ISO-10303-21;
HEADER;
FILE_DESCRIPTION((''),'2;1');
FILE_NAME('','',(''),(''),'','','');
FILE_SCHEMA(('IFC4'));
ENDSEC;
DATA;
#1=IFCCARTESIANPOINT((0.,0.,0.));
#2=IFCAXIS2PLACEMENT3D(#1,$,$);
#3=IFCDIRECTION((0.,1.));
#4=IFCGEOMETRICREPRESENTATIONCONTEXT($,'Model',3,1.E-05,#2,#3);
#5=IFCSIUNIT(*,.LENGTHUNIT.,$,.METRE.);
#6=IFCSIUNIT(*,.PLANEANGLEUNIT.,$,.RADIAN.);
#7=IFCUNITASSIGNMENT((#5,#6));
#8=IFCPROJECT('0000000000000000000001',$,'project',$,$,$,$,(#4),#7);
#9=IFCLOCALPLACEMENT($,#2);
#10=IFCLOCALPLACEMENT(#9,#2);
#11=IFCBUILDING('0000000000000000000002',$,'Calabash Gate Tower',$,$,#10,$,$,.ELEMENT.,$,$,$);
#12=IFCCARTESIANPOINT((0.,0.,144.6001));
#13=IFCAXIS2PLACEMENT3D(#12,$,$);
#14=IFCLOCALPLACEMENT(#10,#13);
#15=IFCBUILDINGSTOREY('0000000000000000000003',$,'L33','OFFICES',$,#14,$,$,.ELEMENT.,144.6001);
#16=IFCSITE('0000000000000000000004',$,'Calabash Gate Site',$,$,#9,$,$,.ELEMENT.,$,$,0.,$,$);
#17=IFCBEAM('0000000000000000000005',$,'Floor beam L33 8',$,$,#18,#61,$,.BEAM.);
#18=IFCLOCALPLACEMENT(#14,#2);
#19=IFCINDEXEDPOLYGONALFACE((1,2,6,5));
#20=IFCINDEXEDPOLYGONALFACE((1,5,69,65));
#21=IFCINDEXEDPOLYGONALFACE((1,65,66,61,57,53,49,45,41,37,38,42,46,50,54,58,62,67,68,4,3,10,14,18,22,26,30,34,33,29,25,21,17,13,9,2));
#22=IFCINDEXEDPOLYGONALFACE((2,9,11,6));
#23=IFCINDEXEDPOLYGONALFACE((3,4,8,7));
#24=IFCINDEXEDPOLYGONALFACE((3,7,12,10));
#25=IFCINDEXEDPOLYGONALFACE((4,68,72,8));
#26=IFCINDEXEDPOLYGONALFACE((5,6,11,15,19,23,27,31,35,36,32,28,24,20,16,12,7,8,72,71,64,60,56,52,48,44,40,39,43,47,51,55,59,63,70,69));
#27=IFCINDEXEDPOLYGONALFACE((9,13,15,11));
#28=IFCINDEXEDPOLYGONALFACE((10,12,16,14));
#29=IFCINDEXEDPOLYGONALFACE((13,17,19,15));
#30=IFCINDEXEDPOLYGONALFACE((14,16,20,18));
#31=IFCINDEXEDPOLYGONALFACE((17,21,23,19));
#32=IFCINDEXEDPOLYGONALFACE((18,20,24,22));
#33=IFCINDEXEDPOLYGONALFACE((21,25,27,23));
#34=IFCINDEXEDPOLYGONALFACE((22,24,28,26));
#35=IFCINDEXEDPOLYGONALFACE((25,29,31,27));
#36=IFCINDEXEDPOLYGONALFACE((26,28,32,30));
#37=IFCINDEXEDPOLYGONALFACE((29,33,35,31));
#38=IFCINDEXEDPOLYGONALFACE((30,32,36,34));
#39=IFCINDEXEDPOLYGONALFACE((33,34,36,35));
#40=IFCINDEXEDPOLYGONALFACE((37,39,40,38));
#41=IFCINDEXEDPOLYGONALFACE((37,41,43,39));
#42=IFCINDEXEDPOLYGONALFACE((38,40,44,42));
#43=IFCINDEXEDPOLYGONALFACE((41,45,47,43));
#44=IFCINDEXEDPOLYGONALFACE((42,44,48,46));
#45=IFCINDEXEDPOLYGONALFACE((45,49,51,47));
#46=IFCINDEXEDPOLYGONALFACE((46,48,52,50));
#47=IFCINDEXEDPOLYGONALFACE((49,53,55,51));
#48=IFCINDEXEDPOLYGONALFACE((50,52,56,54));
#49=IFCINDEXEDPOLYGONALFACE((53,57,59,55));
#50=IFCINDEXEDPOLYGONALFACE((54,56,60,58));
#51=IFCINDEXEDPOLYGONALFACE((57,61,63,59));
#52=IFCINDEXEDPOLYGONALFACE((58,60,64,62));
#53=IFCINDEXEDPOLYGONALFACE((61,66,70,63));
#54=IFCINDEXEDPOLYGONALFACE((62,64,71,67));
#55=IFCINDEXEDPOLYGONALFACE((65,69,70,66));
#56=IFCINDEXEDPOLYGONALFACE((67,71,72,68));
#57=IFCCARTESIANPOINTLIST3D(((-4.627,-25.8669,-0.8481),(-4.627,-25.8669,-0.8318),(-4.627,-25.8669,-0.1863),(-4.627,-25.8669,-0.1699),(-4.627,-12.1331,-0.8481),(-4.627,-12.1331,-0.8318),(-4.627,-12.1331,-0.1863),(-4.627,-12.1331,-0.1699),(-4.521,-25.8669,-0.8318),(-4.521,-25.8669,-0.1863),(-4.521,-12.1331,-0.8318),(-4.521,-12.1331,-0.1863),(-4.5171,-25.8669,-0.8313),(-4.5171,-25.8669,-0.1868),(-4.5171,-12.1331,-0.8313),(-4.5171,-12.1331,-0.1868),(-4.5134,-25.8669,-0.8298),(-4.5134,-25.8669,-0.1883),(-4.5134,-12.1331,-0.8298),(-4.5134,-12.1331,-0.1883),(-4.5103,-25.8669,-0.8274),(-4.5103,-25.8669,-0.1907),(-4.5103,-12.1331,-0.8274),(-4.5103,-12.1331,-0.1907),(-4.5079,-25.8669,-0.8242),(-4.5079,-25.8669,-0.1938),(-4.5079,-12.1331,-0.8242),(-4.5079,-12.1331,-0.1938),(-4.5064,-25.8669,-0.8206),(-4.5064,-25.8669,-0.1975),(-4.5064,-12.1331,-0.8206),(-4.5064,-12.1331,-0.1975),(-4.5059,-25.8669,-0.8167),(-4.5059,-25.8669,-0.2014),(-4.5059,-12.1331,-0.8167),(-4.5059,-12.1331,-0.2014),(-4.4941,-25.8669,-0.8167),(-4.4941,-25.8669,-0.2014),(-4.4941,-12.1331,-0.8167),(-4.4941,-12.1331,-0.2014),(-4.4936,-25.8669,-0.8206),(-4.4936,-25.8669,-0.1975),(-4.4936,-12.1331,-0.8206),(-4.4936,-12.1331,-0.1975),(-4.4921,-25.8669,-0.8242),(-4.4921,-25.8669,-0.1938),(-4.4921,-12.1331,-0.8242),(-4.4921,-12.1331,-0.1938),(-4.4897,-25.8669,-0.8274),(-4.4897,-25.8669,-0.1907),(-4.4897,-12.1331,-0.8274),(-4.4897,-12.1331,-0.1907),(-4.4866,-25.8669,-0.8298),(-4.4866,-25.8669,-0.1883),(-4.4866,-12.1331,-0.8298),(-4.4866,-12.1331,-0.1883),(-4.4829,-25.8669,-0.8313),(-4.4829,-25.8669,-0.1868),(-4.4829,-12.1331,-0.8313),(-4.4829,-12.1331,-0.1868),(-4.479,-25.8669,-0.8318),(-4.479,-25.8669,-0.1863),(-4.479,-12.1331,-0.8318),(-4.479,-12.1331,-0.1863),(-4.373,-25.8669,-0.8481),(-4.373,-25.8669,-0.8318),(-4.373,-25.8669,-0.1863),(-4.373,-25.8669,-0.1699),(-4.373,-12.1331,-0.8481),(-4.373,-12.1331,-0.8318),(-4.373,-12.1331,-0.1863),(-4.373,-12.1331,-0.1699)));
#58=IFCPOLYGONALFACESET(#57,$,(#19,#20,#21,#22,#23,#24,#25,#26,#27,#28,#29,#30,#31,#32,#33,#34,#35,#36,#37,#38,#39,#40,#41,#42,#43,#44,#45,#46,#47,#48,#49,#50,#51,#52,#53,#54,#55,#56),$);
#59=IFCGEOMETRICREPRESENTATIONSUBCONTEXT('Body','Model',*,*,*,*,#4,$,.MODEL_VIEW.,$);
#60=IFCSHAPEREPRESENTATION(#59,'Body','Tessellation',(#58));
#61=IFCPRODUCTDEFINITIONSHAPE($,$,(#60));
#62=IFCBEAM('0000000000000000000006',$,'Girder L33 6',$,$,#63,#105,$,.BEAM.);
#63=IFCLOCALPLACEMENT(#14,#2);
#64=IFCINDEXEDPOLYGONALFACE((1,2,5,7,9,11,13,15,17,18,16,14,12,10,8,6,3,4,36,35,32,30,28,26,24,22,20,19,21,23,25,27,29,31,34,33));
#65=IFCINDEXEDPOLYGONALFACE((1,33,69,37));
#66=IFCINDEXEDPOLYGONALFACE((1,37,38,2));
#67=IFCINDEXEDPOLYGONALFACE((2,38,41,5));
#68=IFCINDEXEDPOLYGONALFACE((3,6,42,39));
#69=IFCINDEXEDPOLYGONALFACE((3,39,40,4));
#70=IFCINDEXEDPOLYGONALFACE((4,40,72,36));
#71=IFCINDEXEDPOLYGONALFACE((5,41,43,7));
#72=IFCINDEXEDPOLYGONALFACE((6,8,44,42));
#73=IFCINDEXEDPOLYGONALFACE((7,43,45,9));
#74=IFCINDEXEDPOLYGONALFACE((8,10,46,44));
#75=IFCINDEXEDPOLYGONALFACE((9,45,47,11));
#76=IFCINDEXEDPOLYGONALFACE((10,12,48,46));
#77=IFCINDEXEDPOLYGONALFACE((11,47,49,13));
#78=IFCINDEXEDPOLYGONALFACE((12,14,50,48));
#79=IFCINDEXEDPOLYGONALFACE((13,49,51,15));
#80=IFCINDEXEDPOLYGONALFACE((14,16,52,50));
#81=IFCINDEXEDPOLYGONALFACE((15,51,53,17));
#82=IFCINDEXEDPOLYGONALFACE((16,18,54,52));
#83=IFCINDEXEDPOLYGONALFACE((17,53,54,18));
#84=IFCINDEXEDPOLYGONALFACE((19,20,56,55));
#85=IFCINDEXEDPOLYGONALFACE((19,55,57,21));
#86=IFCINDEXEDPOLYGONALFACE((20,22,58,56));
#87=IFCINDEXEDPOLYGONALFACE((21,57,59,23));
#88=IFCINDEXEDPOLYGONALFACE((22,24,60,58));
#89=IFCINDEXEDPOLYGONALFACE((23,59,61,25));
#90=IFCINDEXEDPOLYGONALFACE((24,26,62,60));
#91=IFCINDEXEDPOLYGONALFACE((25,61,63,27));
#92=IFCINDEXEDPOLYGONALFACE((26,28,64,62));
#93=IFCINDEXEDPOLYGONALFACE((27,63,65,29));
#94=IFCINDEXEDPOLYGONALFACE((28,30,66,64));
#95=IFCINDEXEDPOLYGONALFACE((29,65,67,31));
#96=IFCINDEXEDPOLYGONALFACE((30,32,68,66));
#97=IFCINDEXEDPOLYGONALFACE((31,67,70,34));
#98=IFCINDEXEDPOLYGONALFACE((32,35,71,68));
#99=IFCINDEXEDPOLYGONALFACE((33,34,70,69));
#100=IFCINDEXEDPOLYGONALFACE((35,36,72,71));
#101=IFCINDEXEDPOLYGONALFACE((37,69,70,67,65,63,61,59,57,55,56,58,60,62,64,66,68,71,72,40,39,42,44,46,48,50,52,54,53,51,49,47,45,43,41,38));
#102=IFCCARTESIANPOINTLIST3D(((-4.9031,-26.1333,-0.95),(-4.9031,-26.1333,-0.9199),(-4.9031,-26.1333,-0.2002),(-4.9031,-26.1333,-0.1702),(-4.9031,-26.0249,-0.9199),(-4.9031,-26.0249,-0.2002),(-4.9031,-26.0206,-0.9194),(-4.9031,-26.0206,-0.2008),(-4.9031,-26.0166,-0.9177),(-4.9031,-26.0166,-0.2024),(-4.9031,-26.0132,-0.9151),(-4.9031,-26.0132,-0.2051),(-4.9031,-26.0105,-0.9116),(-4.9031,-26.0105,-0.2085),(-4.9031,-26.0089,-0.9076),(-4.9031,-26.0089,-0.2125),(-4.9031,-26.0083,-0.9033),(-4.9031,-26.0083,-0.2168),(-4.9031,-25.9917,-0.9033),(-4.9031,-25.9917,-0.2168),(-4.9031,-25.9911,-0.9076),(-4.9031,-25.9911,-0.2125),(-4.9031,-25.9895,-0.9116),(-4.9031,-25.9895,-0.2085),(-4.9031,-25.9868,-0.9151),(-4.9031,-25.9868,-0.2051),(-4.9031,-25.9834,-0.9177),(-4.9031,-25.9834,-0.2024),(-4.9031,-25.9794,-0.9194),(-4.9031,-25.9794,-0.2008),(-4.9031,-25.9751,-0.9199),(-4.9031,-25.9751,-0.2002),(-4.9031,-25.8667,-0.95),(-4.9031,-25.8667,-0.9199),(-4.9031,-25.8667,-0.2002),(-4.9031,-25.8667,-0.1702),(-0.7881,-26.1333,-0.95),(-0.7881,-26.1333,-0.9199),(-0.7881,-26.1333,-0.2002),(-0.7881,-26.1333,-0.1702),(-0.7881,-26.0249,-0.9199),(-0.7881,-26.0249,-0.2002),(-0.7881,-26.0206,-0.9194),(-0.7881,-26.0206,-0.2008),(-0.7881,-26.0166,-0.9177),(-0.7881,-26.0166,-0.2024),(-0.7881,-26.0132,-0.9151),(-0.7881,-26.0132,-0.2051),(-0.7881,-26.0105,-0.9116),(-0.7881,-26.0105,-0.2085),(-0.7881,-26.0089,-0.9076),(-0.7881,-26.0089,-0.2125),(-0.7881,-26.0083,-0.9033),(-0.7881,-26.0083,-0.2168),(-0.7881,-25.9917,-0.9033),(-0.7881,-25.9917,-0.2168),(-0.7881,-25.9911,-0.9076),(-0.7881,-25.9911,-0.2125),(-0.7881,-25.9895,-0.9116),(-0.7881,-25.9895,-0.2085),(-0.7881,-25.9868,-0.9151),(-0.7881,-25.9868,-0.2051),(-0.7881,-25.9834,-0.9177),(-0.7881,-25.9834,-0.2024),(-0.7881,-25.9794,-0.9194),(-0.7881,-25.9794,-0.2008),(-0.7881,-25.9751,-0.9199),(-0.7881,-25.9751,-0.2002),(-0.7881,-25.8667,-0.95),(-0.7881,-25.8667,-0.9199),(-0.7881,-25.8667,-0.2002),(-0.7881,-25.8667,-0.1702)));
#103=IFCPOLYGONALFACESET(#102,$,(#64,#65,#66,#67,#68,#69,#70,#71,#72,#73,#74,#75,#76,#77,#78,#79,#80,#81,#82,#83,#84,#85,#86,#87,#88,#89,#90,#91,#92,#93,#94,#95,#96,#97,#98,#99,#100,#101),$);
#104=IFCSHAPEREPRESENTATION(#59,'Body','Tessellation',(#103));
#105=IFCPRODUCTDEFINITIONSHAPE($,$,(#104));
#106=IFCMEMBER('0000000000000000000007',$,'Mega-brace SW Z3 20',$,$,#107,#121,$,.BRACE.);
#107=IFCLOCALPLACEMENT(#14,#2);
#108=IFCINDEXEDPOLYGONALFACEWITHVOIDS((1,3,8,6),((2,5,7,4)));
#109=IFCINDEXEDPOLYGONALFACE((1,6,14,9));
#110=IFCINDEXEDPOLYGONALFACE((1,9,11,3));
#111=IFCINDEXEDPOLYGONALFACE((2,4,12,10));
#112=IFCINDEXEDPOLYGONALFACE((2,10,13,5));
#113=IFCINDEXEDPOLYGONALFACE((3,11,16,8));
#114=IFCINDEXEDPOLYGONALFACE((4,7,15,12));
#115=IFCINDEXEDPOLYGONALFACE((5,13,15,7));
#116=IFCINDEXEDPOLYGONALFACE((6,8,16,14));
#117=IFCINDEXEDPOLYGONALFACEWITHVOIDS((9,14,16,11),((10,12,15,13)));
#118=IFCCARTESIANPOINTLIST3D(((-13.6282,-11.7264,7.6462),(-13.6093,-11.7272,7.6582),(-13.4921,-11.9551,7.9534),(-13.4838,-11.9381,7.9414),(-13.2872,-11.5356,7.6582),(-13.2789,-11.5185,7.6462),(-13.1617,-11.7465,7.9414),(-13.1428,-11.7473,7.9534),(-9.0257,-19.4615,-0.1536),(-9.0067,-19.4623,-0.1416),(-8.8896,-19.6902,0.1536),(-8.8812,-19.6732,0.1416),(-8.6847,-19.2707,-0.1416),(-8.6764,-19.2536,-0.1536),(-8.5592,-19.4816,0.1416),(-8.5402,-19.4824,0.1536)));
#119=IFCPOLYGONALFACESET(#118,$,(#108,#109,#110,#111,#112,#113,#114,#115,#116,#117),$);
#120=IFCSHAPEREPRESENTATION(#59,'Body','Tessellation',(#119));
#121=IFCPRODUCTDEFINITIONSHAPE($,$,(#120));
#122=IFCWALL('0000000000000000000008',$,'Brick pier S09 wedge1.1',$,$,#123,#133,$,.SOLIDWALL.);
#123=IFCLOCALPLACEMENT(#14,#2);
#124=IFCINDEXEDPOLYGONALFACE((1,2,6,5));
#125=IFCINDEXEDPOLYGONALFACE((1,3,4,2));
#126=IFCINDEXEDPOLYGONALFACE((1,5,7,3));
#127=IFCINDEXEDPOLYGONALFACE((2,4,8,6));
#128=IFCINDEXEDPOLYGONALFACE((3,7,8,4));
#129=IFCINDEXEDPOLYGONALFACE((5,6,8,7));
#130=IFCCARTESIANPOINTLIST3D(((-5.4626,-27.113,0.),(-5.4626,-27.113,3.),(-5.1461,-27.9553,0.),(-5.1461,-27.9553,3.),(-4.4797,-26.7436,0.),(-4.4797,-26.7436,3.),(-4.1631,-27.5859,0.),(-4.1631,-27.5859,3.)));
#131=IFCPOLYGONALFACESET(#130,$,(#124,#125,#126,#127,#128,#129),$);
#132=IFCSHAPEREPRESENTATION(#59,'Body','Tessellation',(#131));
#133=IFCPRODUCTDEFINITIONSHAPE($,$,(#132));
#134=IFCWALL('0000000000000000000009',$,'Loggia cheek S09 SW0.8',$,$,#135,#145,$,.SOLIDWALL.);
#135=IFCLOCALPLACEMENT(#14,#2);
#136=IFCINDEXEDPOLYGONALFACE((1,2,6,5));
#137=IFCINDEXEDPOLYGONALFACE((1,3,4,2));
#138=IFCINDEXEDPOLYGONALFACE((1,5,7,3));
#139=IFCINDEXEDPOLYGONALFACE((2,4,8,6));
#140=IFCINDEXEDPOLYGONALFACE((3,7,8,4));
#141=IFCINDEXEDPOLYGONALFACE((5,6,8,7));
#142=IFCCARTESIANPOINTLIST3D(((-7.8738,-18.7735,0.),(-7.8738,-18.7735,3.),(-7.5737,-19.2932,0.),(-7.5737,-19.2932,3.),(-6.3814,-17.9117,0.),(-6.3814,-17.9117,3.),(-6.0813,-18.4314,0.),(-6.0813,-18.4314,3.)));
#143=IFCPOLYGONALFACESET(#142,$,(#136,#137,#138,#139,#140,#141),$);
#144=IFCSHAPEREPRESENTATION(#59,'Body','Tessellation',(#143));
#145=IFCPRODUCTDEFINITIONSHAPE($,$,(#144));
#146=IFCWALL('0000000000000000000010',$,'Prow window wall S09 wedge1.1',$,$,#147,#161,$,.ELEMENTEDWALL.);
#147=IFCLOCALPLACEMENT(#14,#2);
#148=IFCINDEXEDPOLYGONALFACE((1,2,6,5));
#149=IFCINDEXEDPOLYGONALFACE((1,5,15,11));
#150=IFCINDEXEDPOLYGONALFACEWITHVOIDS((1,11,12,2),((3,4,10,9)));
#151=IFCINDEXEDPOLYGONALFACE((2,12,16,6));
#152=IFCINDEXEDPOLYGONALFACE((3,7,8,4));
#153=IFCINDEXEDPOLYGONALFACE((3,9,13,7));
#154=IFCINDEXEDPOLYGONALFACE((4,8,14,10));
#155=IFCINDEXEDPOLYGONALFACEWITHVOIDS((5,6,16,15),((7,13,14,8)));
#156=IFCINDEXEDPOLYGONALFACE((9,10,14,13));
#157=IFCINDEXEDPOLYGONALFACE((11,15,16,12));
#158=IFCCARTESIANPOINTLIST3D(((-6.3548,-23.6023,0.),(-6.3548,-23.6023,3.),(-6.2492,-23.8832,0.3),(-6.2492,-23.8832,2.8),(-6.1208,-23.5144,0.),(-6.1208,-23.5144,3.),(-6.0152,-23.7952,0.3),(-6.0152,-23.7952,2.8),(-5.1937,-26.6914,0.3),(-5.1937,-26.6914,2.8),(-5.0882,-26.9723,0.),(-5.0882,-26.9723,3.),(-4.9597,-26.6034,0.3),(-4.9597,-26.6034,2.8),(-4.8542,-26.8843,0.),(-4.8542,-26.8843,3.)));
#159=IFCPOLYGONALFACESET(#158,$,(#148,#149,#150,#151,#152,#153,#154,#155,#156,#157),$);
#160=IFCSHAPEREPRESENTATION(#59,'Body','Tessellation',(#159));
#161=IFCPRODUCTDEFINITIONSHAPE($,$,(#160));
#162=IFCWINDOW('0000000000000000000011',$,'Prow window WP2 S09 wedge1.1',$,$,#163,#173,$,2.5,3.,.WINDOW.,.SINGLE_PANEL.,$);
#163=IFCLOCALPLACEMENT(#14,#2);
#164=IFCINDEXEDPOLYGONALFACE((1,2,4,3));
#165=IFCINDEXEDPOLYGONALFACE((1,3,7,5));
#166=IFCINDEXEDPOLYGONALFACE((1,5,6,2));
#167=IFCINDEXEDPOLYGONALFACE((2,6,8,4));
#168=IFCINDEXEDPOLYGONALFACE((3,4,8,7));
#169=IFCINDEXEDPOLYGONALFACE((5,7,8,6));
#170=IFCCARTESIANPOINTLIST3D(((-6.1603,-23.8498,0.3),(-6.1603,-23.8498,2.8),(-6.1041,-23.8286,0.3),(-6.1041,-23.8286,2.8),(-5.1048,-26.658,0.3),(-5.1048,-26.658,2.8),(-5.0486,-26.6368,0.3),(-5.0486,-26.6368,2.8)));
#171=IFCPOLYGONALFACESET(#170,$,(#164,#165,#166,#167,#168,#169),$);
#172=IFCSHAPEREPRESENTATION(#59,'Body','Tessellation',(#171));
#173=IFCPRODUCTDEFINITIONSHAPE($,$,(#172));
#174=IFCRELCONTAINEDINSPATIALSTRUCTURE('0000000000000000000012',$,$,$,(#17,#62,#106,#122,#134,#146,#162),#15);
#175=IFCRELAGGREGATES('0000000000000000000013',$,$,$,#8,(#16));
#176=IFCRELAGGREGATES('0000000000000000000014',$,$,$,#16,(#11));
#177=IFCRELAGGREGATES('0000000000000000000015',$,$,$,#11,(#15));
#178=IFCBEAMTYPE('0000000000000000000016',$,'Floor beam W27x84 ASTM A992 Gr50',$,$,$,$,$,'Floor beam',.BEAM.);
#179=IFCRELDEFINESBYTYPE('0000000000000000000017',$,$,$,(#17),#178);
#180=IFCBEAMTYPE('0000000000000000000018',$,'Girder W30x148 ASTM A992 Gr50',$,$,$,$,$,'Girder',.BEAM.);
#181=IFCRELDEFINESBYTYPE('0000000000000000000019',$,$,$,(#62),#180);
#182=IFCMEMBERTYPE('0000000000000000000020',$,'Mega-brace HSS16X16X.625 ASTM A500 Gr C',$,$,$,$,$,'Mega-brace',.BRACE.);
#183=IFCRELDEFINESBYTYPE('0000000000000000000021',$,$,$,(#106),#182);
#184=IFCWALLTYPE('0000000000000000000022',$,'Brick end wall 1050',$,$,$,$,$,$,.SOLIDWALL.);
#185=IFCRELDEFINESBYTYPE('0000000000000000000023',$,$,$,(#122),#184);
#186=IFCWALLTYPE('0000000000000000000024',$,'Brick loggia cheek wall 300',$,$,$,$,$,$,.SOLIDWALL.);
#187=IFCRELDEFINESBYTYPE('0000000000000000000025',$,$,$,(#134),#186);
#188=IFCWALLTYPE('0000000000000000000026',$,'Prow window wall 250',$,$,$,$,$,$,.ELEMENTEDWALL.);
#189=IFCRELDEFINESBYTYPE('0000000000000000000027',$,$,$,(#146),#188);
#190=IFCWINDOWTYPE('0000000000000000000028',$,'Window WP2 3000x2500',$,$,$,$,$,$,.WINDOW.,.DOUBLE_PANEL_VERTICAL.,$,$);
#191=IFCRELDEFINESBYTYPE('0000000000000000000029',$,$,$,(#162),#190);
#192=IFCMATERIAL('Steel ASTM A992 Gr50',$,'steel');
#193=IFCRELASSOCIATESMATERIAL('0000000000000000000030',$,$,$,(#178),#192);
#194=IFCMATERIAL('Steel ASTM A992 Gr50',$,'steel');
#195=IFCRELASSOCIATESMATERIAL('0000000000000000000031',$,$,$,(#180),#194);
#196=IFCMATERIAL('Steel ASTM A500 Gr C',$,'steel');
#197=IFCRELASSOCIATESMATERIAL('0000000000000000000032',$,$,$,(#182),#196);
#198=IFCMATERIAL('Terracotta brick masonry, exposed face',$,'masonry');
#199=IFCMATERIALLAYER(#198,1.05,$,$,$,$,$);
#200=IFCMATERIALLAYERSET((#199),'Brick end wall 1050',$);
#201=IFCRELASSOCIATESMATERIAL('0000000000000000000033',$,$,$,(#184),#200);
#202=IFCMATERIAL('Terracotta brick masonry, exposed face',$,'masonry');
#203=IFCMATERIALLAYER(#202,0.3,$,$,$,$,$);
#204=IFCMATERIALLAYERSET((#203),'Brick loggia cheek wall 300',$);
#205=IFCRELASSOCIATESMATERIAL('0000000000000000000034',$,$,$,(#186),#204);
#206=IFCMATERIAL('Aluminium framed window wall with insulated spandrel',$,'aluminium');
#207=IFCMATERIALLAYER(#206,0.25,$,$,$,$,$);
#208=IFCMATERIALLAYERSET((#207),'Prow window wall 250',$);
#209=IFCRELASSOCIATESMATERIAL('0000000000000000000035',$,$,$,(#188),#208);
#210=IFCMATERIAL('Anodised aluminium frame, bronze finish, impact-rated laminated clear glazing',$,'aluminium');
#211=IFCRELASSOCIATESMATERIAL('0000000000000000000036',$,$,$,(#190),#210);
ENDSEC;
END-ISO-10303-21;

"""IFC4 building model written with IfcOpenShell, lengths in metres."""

from ifc_helpers import new_model, si_unit, direction, frame, frame_2d, origin, origin_2d, place, context, subcontext, project, spatial, rectangle, hollow_rectangle, i_section, extrude, material, layer, layer_set, material_profile, profile_set, type_object, element, fill, save


model = new_model("IFC4")

# Units and contexts
model_context = context("Model", 3, precision=1e-05, world=origin(), true_north=direction((0.0, 1.0)))
body_context = subcontext(model_context, "Body", "Model", "MODEL_VIEW")
ifc_project = project(units=[si_unit("LENGTHUNIT", "METRE"), si_unit("PLANEANGLEUNIT", "RADIAN")], contexts=[model_context])

# Site, building, storey
site_placement = place(None, origin())
site = spatial("IfcSite", under=ifc_project, at=site_placement, Name="Calabash Gate Site", CompositionType="ELEMENT", RefElevation=0.0)
building_placement = place(site_placement, origin())
building = spatial("IfcBuilding", under=site, at=building_placement, Name="Calabash Gate Tower", CompositionType="ELEMENT")
storey_placement = place(building_placement, frame((0.0, 0.0, 144.6001)))
storey = spatial("IfcBuildingStorey", under=building, at=storey_placement, Name="L33", Description="OFFICES", CompositionType="ELEMENT", Elevation=144.6001)

# Beams
ifc_material_1 = material(Name="Steel ASTM A992 Gr50", Category="steel")
ifc_material_profile_1 = material_profile(ifc_material_1, i_section(OverallWidth=0.2539, OverallDepth=0.6782, WebThickness=0.0117, FlangeThickness=0.0164, FilletRadius=0.0151, at=origin_2d()))
ifc_profile_set_1 = profile_set([ifc_material_profile_1], Name="Steel ASTM A992 Gr50")
beam_type_1 = type_object("IfcBeamType", Name="Floor beam W27x84 ASTM A992 Gr50", ElementType="Floor beam", PredefinedType="BEAM", material=ifc_profile_set_1)
beam_1_placement = place(storey_placement, frame((-4.5, -25.8669, -0.509), z_axis=(0.0, 1.0, 0.0), x_axis=(-1.0, 0.0, 0.0)))
element("IfcBeam", 1, at=beam_1_placement, inside=storey, type_object=beam_type_1, Name="Floor beam L33 8", PredefinedType="BEAM", context=body_context, shape_type="SweptSolid", body=[
    extrude(i_section(OverallWidth=0.2539, OverallDepth=0.6782, WebThickness=0.0117, FlangeThickness=0.0164, FilletRadius=0.0151, at=origin_2d()), origin(), (0.0, 0.0, 1.0), 13.7339),
])
ifc_material_2 = material(Name="Steel ASTM A992 Gr50", Category="steel")
ifc_material_profile_2 = material_profile(ifc_material_2, i_section(OverallWidth=0.2666, OverallDepth=0.7798, WebThickness=0.0166, FlangeThickness=0.03, FilletRadius=0.0166, at=origin_2d()))
ifc_profile_set_2 = profile_set([ifc_material_profile_2], Name="Steel ASTM A992 Gr50")
beam_type_2 = type_object("IfcBeamType", Name="Girder W30x148 ASTM A992 Gr50", ElementType="Girder", PredefinedType="BEAM", material=ifc_profile_set_2)
beam_2_placement = place(storey_placement, frame((-4.9031, -26.0, -0.5601), z_axis=(1.0, 0.0, 0.0), x_axis=(0.0, 1.0, 0.0)))
element("IfcBeam", 2, at=beam_2_placement, inside=storey, type_object=beam_type_2, Name="Girder L33 6", PredefinedType="BEAM", context=body_context, shape_type="SweptSolid", body=[
    extrude(i_section(OverallWidth=0.2666, OverallDepth=0.7798, WebThickness=0.0166, FlangeThickness=0.03, FilletRadius=0.0166, at=origin_2d()), origin(), (0.0, 0.0, 1.0), 4.115),
])

# Member
ifc_material_3 = material(Name="Steel ASTM A500 Gr C", Category="steel")
ifc_material_profile_3 = material_profile(ifc_material_3, hollow_rectangle(XDim=0.4065, YDim=0.4065, WallThickness=0.0159, at=origin_2d()))
ifc_profile_set_3 = profile_set([ifc_material_profile_3], Name="Steel ASTM A500 Gr C")
member_type = type_object("IfcMemberType", Name="Mega-brace HSS16X16X.625 ASTM A500 Gr C", ElementType="Mega-brace", PredefinedType="BRACE", material=ifc_profile_set_3)
member_placement = place(storey_placement, frame((-8.783, -19.4719, 0.0), z_axis=(-0.386438, 0.649454, 0.654886), x_axis=(-0.859375, -0.511345, 0.0)))
element("IfcMember", 3, at=member_placement, inside=storey, type_object=member_type, Name="Mega-brace SW Z3 20", PredefinedType="BRACE", context=body_context, shape_type="SweptSolid", body=[
    extrude(hollow_rectangle(XDim=0.4065, YDim=0.4065, WallThickness=0.0159, at=origin_2d()), origin(), (0.0, 0.0, 1.0), 11.9102),
])

# Walls
ifc_material_4 = material(Name="Terracotta brick masonry, exposed face", Category="masonry")
ifc_layer_1 = layer(ifc_material_4, 1.05)
ifc_layer_set_1 = layer_set([ifc_layer_1], Name="Brick end wall 1050")
wall_type_1 = type_object("IfcWallType", Name="Brick end wall 1050", PredefinedType="SOLIDWALL", material=ifc_layer_set_1)
wall_1_placement = place(storey_placement, frame((-4.3215, -27.1648, 0.0), z_axis=(0.0, 0.0, 1.0), x_axis=(-0.936081, -0.351786, 0.0)))
element("IfcWall", 4, at=wall_1_placement, inside=storey, type_object=wall_type_1, Name="Brick pier S09 wedge1.1", PredefinedType="SOLIDWALL", context=body_context, shape_type="SweptSolid", body=[
    extrude(rectangle(XDim=1.05, YDim=0.8999, at=frame_2d((0.5249, 0.0))), origin(), (0.0, 0.0, 1.0), 3.0),
])
ifc_material_5 = material(Name="Terracotta brick masonry, exposed face", Category="masonry")
ifc_layer_2 = layer(ifc_material_5, 0.3)
ifc_layer_set_2 = layer_set([ifc_layer_2], Name="Brick loggia cheek wall 300")
wall_type_2 = type_object("IfcWallType", Name="Brick loggia cheek wall 300", PredefinedType="SOLIDWALL", material=ifc_layer_set_2)
wall_2_placement = place(storey_placement, frame((-7.7239, -19.0334, 0.0), z_axis=(0.0, 0.0, 1.0), x_axis=(0.865985, 0.50007, 0.0)))
element("IfcWall", 5, at=wall_2_placement, inside=storey, type_object=wall_type_2, Name="Loggia cheek S09 SW0.8", PredefinedType="SOLIDWALL", context=body_context, shape_type="SweptSolid", body=[
    extrude(rectangle(XDim=1.7234, YDim=0.6001, at=frame_2d((0.8618, 0.0))), origin(), (0.0, 0.0, 1.0), 3.0),
])

# Wall, opening, window
ifc_material_6 = material(Name="Aluminium framed window wall with insulated spandrel", Category="aluminium")
ifc_layer_3 = layer(ifc_material_6, 0.25)
ifc_layer_set_3 = layer_set([ifc_layer_3], Name="Prow window wall 250")
wall_type_3 = type_object("IfcWallType", Name="Prow window wall 250", PredefinedType="ELEMENTEDWALL", material=ifc_layer_set_3)
wall_3_placement = place(storey_placement, frame((-6.2378, -23.5583, 0.0), z_axis=(0.0, 0.0, 1.0), x_axis=(0.351829, -0.936064, 0.0)))
wall_3 = element("IfcWall", 6, at=wall_3_placement, inside=storey, type_object=wall_type_3, Name="Prow window wall S09 wedge1.1", PredefinedType="ELEMENTEDWALL", context=body_context, shape_type="SweptSolid", body=[
    extrude(rectangle(XDim=3.6001, YDim=0.25, at=frame_2d((1.8, 0.0))), origin(), (0.0, 0.0, 1.0), 3.0),
])
opening_1_placement = place(wall_3_placement, frame((0.3, 0.0, 0.3)))
opening_1 = element("IfcOpeningElement", 7, at=opening_1_placement, cuts=wall_3, PredefinedType="OPENING", context=body_context, shape_type="SweptSolid", body=[
    extrude(rectangle(XDim=3.0, YDim=2.5, at=frame_2d((1.5, 1.25))), frame((0.0, 0.135, 0.0), z_axis=(0.0, -1.0, 0.0), x_axis=(1.0, 0.0, 0.0)), (0.0, 0.0, 1.0), 0.27),
])
ifc_material_7 = material(Name="Anodised aluminium frame, bronze finish, impact-rated laminated clear glazing", Category="aluminium")
window_type = type_object("IfcWindowType", Name="Window WP2 3000x2500", PartitioningType="DOUBLE_PANEL_VERTICAL", PredefinedType="WINDOW", material=ifc_material_7)
window_1_placement = place(opening_1_placement, origin())
window_1 = element("IfcWindow", 8, at=window_1_placement, inside=storey, type_object=window_type, Name="Prow window WP2 S09 wedge1.1", OverallHeight=2.5, OverallWidth=3.0, PartitioningType="SINGLE_PANEL", PredefinedType="WINDOW", context=body_context, shape_type="SweptSolid", body=[
    extrude(rectangle(XDim=3.0, YDim=2.5, at=frame_2d((1.5, 1.25))), frame((0.0, 0.03, 0.0), z_axis=(0.0, -1.0, 0.0), x_axis=(1.0, 0.0, 0.0)), (0.0, 0.0, 1.0), 0.0601),
])
fill(opening_1, window_1)

save(model, "model.ifc")
